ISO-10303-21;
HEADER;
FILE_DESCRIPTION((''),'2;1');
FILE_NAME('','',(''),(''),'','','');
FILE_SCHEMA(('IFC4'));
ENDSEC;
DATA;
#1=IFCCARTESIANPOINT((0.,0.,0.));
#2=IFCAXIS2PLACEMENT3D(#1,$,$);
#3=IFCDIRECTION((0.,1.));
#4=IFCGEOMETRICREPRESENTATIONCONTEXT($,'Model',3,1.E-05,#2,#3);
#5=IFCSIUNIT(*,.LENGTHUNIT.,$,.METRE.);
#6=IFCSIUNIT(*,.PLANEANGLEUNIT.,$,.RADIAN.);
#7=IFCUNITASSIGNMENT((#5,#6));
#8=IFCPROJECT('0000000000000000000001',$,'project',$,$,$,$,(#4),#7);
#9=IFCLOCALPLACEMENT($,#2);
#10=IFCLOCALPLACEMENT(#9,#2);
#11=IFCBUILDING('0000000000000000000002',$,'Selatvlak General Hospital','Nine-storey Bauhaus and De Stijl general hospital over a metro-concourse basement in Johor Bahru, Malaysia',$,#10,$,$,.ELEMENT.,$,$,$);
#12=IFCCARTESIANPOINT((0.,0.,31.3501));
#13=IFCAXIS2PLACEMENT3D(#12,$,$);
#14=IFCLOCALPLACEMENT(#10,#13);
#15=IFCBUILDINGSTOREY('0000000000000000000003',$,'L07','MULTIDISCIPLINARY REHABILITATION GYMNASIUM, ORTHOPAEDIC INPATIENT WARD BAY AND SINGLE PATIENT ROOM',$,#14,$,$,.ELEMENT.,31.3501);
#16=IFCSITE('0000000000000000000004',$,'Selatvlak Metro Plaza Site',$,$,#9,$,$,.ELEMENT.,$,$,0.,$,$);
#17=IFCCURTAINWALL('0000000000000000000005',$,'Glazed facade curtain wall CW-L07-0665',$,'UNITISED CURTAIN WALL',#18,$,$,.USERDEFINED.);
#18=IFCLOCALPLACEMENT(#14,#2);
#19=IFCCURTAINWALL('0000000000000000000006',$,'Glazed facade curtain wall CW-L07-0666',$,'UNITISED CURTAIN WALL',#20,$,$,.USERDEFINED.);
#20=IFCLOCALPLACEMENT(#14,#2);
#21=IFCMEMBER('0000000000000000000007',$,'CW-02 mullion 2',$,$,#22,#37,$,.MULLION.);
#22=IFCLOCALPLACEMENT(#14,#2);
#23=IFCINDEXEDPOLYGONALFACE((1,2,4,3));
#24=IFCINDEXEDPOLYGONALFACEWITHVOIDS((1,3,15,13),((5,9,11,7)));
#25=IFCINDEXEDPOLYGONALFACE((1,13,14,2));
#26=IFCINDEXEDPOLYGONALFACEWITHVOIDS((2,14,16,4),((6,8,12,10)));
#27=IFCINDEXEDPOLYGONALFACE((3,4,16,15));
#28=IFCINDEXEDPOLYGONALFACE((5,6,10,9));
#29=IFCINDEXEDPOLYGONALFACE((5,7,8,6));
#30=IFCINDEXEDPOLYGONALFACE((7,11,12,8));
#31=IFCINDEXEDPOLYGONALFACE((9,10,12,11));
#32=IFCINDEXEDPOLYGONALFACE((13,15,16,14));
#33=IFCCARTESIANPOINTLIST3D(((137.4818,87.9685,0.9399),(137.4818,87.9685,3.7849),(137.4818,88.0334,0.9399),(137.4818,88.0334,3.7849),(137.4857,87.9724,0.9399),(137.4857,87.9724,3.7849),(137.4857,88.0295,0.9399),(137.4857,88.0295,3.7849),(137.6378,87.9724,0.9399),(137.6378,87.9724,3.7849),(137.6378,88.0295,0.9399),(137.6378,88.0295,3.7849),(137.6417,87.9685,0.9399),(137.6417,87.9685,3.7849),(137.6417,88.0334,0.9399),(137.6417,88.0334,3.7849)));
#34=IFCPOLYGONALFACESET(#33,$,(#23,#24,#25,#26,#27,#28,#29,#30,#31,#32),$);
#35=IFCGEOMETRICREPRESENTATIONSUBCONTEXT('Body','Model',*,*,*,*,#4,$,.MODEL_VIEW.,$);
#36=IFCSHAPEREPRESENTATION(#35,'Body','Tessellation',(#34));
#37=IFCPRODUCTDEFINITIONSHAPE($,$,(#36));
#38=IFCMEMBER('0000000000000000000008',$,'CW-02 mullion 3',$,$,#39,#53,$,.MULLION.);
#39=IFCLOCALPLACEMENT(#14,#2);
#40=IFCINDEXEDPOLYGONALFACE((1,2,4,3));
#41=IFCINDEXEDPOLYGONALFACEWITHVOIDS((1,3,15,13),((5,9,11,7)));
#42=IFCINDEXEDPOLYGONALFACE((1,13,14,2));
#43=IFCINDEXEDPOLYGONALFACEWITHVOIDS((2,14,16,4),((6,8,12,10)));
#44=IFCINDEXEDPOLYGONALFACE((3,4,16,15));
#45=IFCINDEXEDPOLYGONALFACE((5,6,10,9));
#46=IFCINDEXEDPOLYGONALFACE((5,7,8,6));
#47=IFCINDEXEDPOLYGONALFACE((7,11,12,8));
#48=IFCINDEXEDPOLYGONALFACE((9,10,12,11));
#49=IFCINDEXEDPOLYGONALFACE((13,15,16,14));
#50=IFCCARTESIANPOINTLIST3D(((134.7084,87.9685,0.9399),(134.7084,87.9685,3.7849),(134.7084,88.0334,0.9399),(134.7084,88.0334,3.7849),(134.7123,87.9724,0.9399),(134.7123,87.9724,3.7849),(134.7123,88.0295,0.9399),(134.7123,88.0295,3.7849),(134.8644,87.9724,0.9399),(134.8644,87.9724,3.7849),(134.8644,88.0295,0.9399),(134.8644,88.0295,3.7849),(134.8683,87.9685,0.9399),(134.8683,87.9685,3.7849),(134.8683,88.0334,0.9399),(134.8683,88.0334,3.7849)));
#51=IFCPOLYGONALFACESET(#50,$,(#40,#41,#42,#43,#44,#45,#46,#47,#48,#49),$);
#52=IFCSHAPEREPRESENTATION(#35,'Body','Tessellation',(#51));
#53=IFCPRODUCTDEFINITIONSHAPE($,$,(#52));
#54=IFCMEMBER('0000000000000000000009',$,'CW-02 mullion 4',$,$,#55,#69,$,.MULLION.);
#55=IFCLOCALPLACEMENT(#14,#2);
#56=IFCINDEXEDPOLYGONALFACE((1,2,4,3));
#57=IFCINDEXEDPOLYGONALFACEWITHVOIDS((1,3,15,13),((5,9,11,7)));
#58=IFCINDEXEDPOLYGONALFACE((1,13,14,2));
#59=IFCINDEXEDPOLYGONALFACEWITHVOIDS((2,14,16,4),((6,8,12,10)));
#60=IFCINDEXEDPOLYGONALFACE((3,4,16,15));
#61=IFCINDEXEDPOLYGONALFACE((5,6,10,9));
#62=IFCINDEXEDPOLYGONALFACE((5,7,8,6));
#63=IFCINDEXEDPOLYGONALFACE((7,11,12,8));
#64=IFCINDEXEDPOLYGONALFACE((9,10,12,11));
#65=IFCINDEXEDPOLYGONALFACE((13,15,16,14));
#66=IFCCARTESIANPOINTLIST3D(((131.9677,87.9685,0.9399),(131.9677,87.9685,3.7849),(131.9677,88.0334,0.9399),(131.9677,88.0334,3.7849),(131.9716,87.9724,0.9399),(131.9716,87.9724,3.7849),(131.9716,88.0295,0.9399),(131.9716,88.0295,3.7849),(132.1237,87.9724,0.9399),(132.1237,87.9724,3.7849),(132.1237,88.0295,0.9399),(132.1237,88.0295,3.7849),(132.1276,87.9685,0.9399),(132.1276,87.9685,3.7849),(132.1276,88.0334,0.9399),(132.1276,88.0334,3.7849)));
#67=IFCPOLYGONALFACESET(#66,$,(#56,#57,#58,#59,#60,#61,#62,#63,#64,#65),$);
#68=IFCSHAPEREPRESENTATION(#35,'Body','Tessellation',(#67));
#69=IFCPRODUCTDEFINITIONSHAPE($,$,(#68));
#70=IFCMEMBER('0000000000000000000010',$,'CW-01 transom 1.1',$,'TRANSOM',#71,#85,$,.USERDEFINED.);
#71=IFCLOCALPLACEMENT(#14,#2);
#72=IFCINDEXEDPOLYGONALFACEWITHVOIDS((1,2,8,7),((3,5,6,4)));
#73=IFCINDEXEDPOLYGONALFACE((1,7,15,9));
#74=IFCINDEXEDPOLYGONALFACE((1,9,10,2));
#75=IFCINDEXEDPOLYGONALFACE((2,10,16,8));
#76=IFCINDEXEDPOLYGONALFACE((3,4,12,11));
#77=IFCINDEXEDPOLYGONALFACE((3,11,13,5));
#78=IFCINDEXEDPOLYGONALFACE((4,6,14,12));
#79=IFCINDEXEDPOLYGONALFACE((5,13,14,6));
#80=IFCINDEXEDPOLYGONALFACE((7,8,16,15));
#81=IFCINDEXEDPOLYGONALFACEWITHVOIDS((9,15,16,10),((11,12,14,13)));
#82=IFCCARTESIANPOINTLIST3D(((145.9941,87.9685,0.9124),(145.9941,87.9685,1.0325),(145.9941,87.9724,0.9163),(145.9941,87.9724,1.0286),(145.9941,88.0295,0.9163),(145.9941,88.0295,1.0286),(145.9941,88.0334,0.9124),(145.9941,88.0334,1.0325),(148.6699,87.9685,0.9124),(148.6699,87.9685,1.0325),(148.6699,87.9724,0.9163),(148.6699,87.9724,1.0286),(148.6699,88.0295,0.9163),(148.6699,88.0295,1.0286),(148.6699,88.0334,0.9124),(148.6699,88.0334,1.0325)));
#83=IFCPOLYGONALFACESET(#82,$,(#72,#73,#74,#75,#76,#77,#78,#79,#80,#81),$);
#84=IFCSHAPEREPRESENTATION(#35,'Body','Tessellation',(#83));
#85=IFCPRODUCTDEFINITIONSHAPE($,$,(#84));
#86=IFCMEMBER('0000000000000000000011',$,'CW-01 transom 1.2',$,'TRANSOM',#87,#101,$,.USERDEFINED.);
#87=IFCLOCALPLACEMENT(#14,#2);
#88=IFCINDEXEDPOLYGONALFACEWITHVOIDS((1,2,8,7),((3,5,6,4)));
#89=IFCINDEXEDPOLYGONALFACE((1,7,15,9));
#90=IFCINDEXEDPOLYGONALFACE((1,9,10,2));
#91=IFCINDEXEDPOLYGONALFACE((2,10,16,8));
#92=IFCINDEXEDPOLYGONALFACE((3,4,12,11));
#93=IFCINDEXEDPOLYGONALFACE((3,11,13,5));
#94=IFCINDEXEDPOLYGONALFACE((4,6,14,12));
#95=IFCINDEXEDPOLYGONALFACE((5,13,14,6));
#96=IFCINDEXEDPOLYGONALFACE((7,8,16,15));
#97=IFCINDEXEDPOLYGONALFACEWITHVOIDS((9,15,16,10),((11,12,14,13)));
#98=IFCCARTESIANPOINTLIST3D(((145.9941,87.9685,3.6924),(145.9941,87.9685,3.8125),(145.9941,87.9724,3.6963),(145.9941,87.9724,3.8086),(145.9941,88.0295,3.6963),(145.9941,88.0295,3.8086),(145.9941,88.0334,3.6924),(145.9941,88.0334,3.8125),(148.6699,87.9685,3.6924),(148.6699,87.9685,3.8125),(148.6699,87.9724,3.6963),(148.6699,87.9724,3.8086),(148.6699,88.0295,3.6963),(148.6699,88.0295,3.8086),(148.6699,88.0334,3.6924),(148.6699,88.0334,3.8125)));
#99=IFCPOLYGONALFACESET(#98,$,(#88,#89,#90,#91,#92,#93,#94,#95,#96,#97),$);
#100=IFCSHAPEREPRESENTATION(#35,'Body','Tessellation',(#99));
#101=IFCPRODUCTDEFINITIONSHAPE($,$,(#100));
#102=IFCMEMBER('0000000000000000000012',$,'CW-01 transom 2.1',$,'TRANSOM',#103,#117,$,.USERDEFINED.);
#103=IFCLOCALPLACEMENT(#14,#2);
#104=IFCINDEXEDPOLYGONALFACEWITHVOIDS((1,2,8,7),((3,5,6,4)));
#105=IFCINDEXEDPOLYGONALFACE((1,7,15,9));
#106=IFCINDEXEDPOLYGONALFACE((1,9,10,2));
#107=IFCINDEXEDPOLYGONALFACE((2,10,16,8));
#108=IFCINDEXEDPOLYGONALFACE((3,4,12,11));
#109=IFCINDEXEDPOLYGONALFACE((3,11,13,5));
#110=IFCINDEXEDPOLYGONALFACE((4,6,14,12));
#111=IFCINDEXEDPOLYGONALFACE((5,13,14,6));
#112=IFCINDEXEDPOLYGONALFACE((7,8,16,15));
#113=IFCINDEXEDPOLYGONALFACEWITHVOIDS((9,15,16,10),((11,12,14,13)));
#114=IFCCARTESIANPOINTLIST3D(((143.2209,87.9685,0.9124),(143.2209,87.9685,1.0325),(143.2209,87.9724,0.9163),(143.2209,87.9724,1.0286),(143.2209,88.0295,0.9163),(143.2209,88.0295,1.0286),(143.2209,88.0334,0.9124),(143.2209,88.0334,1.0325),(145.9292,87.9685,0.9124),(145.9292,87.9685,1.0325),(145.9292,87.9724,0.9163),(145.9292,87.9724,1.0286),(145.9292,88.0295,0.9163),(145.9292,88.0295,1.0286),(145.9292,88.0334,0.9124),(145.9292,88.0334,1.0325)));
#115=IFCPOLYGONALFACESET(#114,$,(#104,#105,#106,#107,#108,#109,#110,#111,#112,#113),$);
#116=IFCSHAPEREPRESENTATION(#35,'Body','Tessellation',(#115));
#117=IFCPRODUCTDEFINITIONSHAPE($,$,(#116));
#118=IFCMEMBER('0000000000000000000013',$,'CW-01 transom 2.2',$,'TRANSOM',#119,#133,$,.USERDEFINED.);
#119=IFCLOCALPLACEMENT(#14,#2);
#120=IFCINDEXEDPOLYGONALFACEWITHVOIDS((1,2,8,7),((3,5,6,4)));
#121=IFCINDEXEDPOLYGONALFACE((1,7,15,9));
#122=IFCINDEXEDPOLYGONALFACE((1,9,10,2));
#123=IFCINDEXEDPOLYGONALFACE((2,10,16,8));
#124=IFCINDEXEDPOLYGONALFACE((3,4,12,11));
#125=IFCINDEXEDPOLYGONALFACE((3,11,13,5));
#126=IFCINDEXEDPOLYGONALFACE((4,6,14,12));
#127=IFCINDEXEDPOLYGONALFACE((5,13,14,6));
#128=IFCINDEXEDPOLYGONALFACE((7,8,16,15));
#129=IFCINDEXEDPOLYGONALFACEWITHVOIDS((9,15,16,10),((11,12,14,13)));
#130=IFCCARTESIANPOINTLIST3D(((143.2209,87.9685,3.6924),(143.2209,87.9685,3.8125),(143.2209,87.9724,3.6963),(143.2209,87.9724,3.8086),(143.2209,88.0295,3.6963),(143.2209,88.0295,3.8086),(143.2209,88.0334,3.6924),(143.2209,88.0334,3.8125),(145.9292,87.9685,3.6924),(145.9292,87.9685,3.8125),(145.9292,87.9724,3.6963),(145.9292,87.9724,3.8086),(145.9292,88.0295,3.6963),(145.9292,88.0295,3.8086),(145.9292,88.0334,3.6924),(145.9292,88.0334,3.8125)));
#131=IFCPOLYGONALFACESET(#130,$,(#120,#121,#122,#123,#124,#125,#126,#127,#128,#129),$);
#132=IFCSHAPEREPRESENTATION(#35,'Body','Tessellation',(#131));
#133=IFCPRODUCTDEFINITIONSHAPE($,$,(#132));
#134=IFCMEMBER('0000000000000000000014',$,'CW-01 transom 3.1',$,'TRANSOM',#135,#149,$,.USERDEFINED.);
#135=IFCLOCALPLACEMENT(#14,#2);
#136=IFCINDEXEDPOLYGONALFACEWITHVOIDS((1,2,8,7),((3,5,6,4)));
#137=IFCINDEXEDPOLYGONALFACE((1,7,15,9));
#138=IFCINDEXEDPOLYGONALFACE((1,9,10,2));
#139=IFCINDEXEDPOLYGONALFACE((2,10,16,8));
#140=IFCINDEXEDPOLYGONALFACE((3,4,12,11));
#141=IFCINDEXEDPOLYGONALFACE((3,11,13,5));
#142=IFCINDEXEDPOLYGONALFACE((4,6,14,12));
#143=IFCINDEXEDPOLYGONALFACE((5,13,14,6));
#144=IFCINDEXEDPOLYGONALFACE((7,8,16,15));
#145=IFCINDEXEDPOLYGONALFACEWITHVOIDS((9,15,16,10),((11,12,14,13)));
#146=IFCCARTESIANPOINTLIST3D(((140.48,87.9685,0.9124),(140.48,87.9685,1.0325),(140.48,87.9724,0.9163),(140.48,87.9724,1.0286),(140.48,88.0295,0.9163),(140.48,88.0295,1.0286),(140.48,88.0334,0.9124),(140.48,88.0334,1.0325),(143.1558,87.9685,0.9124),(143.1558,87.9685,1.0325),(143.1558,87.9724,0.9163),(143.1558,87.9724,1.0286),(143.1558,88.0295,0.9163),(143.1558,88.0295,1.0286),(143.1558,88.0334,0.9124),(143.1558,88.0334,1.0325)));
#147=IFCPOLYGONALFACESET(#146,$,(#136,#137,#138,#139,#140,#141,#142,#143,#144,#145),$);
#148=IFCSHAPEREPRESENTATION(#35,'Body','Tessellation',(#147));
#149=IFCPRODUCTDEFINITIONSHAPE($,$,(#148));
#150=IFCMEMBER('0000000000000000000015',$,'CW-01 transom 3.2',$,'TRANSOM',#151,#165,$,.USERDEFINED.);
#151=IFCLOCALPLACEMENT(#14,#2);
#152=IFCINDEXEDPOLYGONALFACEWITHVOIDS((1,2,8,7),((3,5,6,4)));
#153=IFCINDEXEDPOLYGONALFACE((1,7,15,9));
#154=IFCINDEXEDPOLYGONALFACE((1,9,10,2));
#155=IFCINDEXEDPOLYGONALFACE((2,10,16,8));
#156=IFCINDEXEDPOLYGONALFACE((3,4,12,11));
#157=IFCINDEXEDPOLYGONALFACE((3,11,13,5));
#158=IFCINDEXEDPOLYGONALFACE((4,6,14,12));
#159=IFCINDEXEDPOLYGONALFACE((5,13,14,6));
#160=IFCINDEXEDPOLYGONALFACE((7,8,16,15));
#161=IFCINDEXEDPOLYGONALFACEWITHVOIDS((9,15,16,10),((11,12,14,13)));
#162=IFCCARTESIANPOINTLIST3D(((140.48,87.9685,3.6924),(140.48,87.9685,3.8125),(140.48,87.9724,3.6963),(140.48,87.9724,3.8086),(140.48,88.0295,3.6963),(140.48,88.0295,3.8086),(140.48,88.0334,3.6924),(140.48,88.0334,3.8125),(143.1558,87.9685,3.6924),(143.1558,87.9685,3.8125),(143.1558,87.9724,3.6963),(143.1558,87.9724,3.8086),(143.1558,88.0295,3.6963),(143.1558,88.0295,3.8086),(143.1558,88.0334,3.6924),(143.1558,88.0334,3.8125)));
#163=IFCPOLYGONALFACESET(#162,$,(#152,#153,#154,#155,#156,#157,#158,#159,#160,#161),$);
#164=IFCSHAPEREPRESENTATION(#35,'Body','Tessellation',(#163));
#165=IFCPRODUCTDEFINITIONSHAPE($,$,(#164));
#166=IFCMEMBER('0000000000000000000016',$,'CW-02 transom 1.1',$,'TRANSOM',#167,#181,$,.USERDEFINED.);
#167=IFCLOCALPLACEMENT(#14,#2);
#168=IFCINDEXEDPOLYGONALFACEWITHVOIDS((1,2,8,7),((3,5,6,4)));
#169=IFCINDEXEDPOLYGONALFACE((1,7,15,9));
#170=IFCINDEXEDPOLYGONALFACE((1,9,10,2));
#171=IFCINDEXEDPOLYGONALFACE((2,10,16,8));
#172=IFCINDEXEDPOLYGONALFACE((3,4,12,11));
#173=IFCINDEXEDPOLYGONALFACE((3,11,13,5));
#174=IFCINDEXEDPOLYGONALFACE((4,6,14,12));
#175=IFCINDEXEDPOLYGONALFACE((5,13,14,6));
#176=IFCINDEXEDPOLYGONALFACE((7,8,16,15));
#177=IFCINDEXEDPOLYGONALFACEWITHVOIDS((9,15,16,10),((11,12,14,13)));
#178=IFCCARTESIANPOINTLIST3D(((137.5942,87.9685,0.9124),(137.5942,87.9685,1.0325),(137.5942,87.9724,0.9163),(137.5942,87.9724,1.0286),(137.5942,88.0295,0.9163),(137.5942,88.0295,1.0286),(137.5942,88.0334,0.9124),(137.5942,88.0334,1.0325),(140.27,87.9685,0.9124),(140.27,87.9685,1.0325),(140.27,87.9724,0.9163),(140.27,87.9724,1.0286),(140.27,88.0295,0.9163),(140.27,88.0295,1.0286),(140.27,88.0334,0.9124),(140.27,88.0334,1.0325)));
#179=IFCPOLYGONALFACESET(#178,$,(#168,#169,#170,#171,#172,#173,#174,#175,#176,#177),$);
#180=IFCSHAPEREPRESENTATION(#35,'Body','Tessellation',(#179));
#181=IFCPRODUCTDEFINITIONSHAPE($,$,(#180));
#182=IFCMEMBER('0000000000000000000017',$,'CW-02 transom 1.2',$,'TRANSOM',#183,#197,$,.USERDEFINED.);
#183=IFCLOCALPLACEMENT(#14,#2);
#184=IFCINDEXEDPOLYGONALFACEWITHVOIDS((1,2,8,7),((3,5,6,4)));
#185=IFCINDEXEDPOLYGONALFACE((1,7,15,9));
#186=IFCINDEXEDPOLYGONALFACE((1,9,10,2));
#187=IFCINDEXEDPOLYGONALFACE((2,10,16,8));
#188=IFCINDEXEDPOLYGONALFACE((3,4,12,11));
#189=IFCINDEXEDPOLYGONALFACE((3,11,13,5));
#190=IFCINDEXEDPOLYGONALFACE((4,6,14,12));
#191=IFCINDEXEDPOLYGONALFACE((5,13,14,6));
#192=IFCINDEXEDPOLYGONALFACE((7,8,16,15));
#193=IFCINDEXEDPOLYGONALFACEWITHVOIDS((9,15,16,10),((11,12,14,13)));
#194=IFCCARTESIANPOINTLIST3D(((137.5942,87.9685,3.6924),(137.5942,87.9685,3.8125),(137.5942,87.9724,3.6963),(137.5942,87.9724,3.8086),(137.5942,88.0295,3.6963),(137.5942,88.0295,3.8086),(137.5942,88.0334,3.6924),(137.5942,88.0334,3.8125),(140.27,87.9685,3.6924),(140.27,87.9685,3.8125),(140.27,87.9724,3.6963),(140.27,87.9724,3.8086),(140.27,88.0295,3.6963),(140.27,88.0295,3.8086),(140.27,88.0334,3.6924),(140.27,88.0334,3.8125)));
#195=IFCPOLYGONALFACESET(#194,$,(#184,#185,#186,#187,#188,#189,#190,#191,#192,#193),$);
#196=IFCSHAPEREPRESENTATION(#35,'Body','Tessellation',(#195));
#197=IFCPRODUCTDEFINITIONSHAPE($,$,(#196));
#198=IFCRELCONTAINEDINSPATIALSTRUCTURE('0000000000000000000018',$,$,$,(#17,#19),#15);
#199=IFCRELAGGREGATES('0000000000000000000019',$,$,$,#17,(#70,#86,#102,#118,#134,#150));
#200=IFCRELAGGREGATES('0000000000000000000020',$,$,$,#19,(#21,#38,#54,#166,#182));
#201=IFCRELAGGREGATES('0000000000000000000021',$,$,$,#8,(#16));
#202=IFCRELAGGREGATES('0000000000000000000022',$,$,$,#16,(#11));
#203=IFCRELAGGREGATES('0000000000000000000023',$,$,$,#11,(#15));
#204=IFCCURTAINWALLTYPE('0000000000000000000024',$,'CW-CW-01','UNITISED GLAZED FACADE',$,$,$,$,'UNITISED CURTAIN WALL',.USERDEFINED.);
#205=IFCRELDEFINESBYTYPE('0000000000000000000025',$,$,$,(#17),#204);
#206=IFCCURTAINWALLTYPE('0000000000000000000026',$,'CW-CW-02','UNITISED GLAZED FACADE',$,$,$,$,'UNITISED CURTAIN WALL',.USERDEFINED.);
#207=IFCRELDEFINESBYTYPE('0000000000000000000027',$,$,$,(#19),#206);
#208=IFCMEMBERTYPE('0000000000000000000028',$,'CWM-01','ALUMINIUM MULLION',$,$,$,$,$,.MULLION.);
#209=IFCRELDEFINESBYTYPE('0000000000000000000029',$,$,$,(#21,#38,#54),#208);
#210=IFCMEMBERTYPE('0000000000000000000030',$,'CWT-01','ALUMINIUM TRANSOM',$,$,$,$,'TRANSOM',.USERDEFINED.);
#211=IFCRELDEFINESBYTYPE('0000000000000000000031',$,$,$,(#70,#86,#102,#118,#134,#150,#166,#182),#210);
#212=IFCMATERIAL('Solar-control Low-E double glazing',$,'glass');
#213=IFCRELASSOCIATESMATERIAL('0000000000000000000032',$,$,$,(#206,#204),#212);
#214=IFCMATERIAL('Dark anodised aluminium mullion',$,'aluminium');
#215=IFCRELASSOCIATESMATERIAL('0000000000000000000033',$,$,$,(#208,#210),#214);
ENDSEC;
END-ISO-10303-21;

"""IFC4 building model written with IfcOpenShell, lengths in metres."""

from ifc_helpers import new_model, si_unit, direction, frame, origin, origin_2d, place, context, subcontext, project, spatial, hollow_rectangle, extrude, material, material_profile, profile_set, type_object, element, aggregate, save


model = new_model("IFC4")

# Units and contexts
model_context = context("Model", 3, precision=1e-05, world=origin(), true_north=direction((0.0, 1.0)))
body_context = subcontext(model_context, "Body", "Model", "MODEL_VIEW")
ifc_project = project(units=[si_unit("LENGTHUNIT", "METRE"), si_unit("PLANEANGLEUNIT", "RADIAN")], contexts=[model_context])

# Site, building, storey
site_placement = place(None, origin())
site = spatial("IfcSite", under=ifc_project, at=site_placement, Name="Selatvlak Metro Plaza Site", CompositionType="ELEMENT", RefElevation=0.0)
building_placement = place(site_placement, origin())
building = spatial("IfcBuilding", under=site, at=building_placement, Name="Selatvlak General Hospital", Description="Nine-storey Bauhaus and De Stijl general hospital over a metro-concourse basement in Johor Bahru, Malaysia", CompositionType="ELEMENT")
storey_placement = place(building_placement, frame((0.0, 0.0, 31.3501)))
storey = spatial("IfcBuildingStorey", under=building, at=storey_placement, Name="L07", Description="MULTIDISCIPLINARY REHABILITATION GYMNASIUM, ORTHOPAEDIC INPATIENT WARD BAY AND SINGLE PATIENT ROOM", CompositionType="ELEMENT", Elevation=31.3501)

# Shared definitions
ifc_material_1 = material(Name="Solar-control Low-E double glazing", Category="glass")
curtain_wall_type_1 = type_object("IfcCurtainWallType", Name="CW-CW-02", Description="UNITISED GLAZED FACADE", ElementType="UNITISED CURTAIN WALL", PredefinedType="USERDEFINED", material=ifc_material_1)
ifc_material_2 = material(Name="Dark anodised aluminium mullion", Category="aluminium")
ifc_material_profile_1 = material_profile(ifc_material_2, hollow_rectangle(XDim=0.0649, YDim=0.1599, WallThickness=0.0039, at=origin_2d()), Name="AL-MUL 65x160x4")
ifc_profile_set_1 = profile_set([ifc_material_profile_1], Name="Dark anodised aluminium mullion")
member_type_1 = type_object("IfcMemberType", Name="CWM-01", Description="ALUMINIUM MULLION", PredefinedType="MULLION", material=ifc_profile_set_1)

# Curtain walls, members
curtain_wall_type_2 = type_object("IfcCurtainWallType", Name="CW-CW-01", Description="UNITISED GLAZED FACADE", ElementType="UNITISED CURTAIN WALL", PredefinedType="USERDEFINED", material=ifc_material_1)
curtain_wall_1_placement = place(storey_placement, origin())
curtain_wall_1 = element("IfcCurtainWall", 1, at=curtain_wall_1_placement, inside=storey, type_object=curtain_wall_type_2, Name="Glazed facade curtain wall CW-L07-0665", ObjectType="UNITISED CURTAIN WALL", PredefinedType="USERDEFINED")
curtain_wall_2_placement = place(storey_placement, origin())
curtain_wall_2 = element("IfcCurtainWall", 2, at=curtain_wall_2_placement, inside=storey, type_object=curtain_wall_type_1, Name="Glazed facade curtain wall CW-L07-0666", ObjectType="UNITISED CURTAIN WALL", PredefinedType="USERDEFINED")
member_1_placement = place(storey_placement, frame((137.5618, 88.001, 0.9399), z_axis=(0.0, 0.0, 1.0), x_axis=(0.0, -1.0, 0.0)))
member_1 = element("IfcMember", 3, at=member_1_placement, type_object=member_type_1, Name="CW-02 mullion 2", PredefinedType="MULLION", context=body_context, shape_type="SweptSolid", body=[
    extrude(hollow_rectangle(XDim=0.0649, YDim=0.1599, WallThickness=0.0039, at=origin_2d()), origin(), (0.0, 0.0, 1.0), 2.845),
])
member_2_placement = place(storey_placement, frame((134.7883, 88.001, 0.9399), z_axis=(0.0, 0.0, 1.0), x_axis=(0.0, -1.0, 0.0)))
member_2 = element("IfcMember", 4, at=member_2_placement, type_object=member_type_1, Name="CW-02 mullion 3", PredefinedType="MULLION", context=body_context, shape_type="SweptSolid", body=[
    extrude(hollow_rectangle(XDim=0.0649, YDim=0.1599, WallThickness=0.0039, at=origin_2d()), origin(), (0.0, 0.0, 1.0), 2.845),
])
member_3_placement = place(storey_placement, frame((132.0476, 88.001, 0.9399), z_axis=(0.0, 0.0, 1.0), x_axis=(0.0, -1.0, 0.0)))
member_3 = element("IfcMember", 5, at=member_3_placement, type_object=member_type_1, Name="CW-02 mullion 4", PredefinedType="MULLION", context=body_context, shape_type="SweptSolid", body=[
    extrude(hollow_rectangle(XDim=0.0649, YDim=0.1599, WallThickness=0.0039, at=origin_2d()), origin(), (0.0, 0.0, 1.0), 2.845),
])

# Members
ifc_material_profile_2 = material_profile(ifc_material_2, hollow_rectangle(XDim=0.0649, YDim=0.1201, WallThickness=0.0039, at=origin_2d()), Name="AL-TRN 65x120x4")
ifc_profile_set_2 = profile_set([ifc_material_profile_2], Name="Dark anodised aluminium mullion")
member_type_2 = type_object("IfcMemberType", Name="CWT-01", Description="ALUMINIUM TRANSOM", ElementType="TRANSOM", PredefinedType="USERDEFINED", material=ifc_profile_set_2)
member_4_placement = place(storey_placement, frame((148.6699, 88.001, 0.9724), z_axis=(-1.0, 0.0, 0.0), x_axis=(0.0, -1.0, 0.0)))
member_4 = element("IfcMember", 6, at=member_4_placement, type_object=member_type_2, Name="CW-01 transom 1.1", ObjectType="TRANSOM", PredefinedType="USERDEFINED", context=body_context, shape_type="SweptSolid", body=[
    extrude(hollow_rectangle(XDim=0.0649, YDim=0.1201, WallThickness=0.0039, at=origin_2d()), origin(), (0.0, 0.0, 1.0), 2.6758),
])
member_5_placement = place(storey_placement, frame((148.6699, 88.001, 3.7524), z_axis=(-1.0, 0.0, 0.0), x_axis=(0.0, -1.0, 0.0)))
member_5 = element("IfcMember", 7, at=member_5_placement, type_object=member_type_2, Name="CW-01 transom 1.2", ObjectType="TRANSOM", PredefinedType="USERDEFINED", context=body_context, shape_type="SweptSolid", body=[
    extrude(hollow_rectangle(XDim=0.0649, YDim=0.1201, WallThickness=0.0039, at=origin_2d()), origin(), (0.0, 0.0, 1.0), 2.6758),
])
member_6_placement = place(storey_placement, frame((145.9292, 88.001, 0.9724), z_axis=(-1.0, 0.0, 0.0), x_axis=(0.0, -1.0, 0.0)))
member_6 = element("IfcMember", 8, at=member_6_placement, type_object=member_type_2, Name="CW-01 transom 2.1", ObjectType="TRANSOM", PredefinedType="USERDEFINED", context=body_context, shape_type="SweptSolid", body=[
    extrude(hollow_rectangle(XDim=0.0649, YDim=0.1201, WallThickness=0.0039, at=origin_2d()), origin(), (0.0, 0.0, 1.0), 2.7083),
])
member_7_placement = place(storey_placement, frame((145.9292, 88.001, 3.7524), z_axis=(-1.0, 0.0, 0.0), x_axis=(0.0, -1.0, 0.0)))
member_7 = element("IfcMember", 9, at=member_7_placement, type_object=member_type_2, Name="CW-01 transom 2.2", ObjectType="TRANSOM", PredefinedType="USERDEFINED", context=body_context, shape_type="SweptSolid", body=[
    extrude(hollow_rectangle(XDim=0.0649, YDim=0.1201, WallThickness=0.0039, at=origin_2d()), origin(), (0.0, 0.0, 1.0), 2.7083),
])
member_8_placement = place(storey_placement, frame((143.1558, 88.001, 0.9724), z_axis=(-1.0, 0.0, 0.0), x_axis=(0.0, -1.0, 0.0)))
member_8 = element("IfcMember", 10, at=member_8_placement, type_object=member_type_2, Name="CW-01 transom 3.1", ObjectType="TRANSOM", PredefinedType="USERDEFINED", context=body_context, shape_type="SweptSolid", body=[
    extrude(hollow_rectangle(XDim=0.0649, YDim=0.1201, WallThickness=0.0039, at=origin_2d()), origin(), (0.0, 0.0, 1.0), 2.6758),
])
member_9_placement = place(storey_placement, frame((143.1558, 88.001, 3.7524), z_axis=(-1.0, 0.0, 0.0), x_axis=(0.0, -1.0, 0.0)))
member_9 = element("IfcMember", 11, at=member_9_placement, type_object=member_type_2, Name="CW-01 transom 3.2", ObjectType="TRANSOM", PredefinedType="USERDEFINED", context=body_context, shape_type="SweptSolid", body=[
    extrude(hollow_rectangle(XDim=0.0649, YDim=0.1201, WallThickness=0.0039, at=origin_2d()), origin(), (0.0, 0.0, 1.0), 2.6758),
])
member_10_placement = place(storey_placement, frame((140.27, 88.001, 0.9724), z_axis=(-1.0, 0.0, 0.0), x_axis=(0.0, -1.0, 0.0)))
member_10 = element("IfcMember", 12, at=member_10_placement, type_object=member_type_2, Name="CW-02 transom 1.1", ObjectType="TRANSOM", PredefinedType="USERDEFINED", context=body_context, shape_type="SweptSolid", body=[
    extrude(hollow_rectangle(XDim=0.0649, YDim=0.1201, WallThickness=0.0039, at=origin_2d()), origin(), (0.0, 0.0, 1.0), 2.6758),
])
member_11_placement = place(storey_placement, frame((140.27, 88.001, 3.7524), z_axis=(-1.0, 0.0, 0.0), x_axis=(0.0, -1.0, 0.0)))
member_11 = element("IfcMember", 13, at=member_11_placement, type_object=member_type_2, Name="CW-02 transom 1.2", ObjectType="TRANSOM", PredefinedType="USERDEFINED", context=body_context, shape_type="SweptSolid", body=[
    extrude(hollow_rectangle(XDim=0.0649, YDim=0.1201, WallThickness=0.0039, at=origin_2d()), origin(), (0.0, 0.0, 1.0), 2.6758),
])

aggregate(curtain_wall_1, [member_4, member_5, member_6, member_7, member_8, member_9])
aggregate(curtain_wall_2, [member_1, member_2, member_3, member_10, member_11])

save(model, "model.ifc")
